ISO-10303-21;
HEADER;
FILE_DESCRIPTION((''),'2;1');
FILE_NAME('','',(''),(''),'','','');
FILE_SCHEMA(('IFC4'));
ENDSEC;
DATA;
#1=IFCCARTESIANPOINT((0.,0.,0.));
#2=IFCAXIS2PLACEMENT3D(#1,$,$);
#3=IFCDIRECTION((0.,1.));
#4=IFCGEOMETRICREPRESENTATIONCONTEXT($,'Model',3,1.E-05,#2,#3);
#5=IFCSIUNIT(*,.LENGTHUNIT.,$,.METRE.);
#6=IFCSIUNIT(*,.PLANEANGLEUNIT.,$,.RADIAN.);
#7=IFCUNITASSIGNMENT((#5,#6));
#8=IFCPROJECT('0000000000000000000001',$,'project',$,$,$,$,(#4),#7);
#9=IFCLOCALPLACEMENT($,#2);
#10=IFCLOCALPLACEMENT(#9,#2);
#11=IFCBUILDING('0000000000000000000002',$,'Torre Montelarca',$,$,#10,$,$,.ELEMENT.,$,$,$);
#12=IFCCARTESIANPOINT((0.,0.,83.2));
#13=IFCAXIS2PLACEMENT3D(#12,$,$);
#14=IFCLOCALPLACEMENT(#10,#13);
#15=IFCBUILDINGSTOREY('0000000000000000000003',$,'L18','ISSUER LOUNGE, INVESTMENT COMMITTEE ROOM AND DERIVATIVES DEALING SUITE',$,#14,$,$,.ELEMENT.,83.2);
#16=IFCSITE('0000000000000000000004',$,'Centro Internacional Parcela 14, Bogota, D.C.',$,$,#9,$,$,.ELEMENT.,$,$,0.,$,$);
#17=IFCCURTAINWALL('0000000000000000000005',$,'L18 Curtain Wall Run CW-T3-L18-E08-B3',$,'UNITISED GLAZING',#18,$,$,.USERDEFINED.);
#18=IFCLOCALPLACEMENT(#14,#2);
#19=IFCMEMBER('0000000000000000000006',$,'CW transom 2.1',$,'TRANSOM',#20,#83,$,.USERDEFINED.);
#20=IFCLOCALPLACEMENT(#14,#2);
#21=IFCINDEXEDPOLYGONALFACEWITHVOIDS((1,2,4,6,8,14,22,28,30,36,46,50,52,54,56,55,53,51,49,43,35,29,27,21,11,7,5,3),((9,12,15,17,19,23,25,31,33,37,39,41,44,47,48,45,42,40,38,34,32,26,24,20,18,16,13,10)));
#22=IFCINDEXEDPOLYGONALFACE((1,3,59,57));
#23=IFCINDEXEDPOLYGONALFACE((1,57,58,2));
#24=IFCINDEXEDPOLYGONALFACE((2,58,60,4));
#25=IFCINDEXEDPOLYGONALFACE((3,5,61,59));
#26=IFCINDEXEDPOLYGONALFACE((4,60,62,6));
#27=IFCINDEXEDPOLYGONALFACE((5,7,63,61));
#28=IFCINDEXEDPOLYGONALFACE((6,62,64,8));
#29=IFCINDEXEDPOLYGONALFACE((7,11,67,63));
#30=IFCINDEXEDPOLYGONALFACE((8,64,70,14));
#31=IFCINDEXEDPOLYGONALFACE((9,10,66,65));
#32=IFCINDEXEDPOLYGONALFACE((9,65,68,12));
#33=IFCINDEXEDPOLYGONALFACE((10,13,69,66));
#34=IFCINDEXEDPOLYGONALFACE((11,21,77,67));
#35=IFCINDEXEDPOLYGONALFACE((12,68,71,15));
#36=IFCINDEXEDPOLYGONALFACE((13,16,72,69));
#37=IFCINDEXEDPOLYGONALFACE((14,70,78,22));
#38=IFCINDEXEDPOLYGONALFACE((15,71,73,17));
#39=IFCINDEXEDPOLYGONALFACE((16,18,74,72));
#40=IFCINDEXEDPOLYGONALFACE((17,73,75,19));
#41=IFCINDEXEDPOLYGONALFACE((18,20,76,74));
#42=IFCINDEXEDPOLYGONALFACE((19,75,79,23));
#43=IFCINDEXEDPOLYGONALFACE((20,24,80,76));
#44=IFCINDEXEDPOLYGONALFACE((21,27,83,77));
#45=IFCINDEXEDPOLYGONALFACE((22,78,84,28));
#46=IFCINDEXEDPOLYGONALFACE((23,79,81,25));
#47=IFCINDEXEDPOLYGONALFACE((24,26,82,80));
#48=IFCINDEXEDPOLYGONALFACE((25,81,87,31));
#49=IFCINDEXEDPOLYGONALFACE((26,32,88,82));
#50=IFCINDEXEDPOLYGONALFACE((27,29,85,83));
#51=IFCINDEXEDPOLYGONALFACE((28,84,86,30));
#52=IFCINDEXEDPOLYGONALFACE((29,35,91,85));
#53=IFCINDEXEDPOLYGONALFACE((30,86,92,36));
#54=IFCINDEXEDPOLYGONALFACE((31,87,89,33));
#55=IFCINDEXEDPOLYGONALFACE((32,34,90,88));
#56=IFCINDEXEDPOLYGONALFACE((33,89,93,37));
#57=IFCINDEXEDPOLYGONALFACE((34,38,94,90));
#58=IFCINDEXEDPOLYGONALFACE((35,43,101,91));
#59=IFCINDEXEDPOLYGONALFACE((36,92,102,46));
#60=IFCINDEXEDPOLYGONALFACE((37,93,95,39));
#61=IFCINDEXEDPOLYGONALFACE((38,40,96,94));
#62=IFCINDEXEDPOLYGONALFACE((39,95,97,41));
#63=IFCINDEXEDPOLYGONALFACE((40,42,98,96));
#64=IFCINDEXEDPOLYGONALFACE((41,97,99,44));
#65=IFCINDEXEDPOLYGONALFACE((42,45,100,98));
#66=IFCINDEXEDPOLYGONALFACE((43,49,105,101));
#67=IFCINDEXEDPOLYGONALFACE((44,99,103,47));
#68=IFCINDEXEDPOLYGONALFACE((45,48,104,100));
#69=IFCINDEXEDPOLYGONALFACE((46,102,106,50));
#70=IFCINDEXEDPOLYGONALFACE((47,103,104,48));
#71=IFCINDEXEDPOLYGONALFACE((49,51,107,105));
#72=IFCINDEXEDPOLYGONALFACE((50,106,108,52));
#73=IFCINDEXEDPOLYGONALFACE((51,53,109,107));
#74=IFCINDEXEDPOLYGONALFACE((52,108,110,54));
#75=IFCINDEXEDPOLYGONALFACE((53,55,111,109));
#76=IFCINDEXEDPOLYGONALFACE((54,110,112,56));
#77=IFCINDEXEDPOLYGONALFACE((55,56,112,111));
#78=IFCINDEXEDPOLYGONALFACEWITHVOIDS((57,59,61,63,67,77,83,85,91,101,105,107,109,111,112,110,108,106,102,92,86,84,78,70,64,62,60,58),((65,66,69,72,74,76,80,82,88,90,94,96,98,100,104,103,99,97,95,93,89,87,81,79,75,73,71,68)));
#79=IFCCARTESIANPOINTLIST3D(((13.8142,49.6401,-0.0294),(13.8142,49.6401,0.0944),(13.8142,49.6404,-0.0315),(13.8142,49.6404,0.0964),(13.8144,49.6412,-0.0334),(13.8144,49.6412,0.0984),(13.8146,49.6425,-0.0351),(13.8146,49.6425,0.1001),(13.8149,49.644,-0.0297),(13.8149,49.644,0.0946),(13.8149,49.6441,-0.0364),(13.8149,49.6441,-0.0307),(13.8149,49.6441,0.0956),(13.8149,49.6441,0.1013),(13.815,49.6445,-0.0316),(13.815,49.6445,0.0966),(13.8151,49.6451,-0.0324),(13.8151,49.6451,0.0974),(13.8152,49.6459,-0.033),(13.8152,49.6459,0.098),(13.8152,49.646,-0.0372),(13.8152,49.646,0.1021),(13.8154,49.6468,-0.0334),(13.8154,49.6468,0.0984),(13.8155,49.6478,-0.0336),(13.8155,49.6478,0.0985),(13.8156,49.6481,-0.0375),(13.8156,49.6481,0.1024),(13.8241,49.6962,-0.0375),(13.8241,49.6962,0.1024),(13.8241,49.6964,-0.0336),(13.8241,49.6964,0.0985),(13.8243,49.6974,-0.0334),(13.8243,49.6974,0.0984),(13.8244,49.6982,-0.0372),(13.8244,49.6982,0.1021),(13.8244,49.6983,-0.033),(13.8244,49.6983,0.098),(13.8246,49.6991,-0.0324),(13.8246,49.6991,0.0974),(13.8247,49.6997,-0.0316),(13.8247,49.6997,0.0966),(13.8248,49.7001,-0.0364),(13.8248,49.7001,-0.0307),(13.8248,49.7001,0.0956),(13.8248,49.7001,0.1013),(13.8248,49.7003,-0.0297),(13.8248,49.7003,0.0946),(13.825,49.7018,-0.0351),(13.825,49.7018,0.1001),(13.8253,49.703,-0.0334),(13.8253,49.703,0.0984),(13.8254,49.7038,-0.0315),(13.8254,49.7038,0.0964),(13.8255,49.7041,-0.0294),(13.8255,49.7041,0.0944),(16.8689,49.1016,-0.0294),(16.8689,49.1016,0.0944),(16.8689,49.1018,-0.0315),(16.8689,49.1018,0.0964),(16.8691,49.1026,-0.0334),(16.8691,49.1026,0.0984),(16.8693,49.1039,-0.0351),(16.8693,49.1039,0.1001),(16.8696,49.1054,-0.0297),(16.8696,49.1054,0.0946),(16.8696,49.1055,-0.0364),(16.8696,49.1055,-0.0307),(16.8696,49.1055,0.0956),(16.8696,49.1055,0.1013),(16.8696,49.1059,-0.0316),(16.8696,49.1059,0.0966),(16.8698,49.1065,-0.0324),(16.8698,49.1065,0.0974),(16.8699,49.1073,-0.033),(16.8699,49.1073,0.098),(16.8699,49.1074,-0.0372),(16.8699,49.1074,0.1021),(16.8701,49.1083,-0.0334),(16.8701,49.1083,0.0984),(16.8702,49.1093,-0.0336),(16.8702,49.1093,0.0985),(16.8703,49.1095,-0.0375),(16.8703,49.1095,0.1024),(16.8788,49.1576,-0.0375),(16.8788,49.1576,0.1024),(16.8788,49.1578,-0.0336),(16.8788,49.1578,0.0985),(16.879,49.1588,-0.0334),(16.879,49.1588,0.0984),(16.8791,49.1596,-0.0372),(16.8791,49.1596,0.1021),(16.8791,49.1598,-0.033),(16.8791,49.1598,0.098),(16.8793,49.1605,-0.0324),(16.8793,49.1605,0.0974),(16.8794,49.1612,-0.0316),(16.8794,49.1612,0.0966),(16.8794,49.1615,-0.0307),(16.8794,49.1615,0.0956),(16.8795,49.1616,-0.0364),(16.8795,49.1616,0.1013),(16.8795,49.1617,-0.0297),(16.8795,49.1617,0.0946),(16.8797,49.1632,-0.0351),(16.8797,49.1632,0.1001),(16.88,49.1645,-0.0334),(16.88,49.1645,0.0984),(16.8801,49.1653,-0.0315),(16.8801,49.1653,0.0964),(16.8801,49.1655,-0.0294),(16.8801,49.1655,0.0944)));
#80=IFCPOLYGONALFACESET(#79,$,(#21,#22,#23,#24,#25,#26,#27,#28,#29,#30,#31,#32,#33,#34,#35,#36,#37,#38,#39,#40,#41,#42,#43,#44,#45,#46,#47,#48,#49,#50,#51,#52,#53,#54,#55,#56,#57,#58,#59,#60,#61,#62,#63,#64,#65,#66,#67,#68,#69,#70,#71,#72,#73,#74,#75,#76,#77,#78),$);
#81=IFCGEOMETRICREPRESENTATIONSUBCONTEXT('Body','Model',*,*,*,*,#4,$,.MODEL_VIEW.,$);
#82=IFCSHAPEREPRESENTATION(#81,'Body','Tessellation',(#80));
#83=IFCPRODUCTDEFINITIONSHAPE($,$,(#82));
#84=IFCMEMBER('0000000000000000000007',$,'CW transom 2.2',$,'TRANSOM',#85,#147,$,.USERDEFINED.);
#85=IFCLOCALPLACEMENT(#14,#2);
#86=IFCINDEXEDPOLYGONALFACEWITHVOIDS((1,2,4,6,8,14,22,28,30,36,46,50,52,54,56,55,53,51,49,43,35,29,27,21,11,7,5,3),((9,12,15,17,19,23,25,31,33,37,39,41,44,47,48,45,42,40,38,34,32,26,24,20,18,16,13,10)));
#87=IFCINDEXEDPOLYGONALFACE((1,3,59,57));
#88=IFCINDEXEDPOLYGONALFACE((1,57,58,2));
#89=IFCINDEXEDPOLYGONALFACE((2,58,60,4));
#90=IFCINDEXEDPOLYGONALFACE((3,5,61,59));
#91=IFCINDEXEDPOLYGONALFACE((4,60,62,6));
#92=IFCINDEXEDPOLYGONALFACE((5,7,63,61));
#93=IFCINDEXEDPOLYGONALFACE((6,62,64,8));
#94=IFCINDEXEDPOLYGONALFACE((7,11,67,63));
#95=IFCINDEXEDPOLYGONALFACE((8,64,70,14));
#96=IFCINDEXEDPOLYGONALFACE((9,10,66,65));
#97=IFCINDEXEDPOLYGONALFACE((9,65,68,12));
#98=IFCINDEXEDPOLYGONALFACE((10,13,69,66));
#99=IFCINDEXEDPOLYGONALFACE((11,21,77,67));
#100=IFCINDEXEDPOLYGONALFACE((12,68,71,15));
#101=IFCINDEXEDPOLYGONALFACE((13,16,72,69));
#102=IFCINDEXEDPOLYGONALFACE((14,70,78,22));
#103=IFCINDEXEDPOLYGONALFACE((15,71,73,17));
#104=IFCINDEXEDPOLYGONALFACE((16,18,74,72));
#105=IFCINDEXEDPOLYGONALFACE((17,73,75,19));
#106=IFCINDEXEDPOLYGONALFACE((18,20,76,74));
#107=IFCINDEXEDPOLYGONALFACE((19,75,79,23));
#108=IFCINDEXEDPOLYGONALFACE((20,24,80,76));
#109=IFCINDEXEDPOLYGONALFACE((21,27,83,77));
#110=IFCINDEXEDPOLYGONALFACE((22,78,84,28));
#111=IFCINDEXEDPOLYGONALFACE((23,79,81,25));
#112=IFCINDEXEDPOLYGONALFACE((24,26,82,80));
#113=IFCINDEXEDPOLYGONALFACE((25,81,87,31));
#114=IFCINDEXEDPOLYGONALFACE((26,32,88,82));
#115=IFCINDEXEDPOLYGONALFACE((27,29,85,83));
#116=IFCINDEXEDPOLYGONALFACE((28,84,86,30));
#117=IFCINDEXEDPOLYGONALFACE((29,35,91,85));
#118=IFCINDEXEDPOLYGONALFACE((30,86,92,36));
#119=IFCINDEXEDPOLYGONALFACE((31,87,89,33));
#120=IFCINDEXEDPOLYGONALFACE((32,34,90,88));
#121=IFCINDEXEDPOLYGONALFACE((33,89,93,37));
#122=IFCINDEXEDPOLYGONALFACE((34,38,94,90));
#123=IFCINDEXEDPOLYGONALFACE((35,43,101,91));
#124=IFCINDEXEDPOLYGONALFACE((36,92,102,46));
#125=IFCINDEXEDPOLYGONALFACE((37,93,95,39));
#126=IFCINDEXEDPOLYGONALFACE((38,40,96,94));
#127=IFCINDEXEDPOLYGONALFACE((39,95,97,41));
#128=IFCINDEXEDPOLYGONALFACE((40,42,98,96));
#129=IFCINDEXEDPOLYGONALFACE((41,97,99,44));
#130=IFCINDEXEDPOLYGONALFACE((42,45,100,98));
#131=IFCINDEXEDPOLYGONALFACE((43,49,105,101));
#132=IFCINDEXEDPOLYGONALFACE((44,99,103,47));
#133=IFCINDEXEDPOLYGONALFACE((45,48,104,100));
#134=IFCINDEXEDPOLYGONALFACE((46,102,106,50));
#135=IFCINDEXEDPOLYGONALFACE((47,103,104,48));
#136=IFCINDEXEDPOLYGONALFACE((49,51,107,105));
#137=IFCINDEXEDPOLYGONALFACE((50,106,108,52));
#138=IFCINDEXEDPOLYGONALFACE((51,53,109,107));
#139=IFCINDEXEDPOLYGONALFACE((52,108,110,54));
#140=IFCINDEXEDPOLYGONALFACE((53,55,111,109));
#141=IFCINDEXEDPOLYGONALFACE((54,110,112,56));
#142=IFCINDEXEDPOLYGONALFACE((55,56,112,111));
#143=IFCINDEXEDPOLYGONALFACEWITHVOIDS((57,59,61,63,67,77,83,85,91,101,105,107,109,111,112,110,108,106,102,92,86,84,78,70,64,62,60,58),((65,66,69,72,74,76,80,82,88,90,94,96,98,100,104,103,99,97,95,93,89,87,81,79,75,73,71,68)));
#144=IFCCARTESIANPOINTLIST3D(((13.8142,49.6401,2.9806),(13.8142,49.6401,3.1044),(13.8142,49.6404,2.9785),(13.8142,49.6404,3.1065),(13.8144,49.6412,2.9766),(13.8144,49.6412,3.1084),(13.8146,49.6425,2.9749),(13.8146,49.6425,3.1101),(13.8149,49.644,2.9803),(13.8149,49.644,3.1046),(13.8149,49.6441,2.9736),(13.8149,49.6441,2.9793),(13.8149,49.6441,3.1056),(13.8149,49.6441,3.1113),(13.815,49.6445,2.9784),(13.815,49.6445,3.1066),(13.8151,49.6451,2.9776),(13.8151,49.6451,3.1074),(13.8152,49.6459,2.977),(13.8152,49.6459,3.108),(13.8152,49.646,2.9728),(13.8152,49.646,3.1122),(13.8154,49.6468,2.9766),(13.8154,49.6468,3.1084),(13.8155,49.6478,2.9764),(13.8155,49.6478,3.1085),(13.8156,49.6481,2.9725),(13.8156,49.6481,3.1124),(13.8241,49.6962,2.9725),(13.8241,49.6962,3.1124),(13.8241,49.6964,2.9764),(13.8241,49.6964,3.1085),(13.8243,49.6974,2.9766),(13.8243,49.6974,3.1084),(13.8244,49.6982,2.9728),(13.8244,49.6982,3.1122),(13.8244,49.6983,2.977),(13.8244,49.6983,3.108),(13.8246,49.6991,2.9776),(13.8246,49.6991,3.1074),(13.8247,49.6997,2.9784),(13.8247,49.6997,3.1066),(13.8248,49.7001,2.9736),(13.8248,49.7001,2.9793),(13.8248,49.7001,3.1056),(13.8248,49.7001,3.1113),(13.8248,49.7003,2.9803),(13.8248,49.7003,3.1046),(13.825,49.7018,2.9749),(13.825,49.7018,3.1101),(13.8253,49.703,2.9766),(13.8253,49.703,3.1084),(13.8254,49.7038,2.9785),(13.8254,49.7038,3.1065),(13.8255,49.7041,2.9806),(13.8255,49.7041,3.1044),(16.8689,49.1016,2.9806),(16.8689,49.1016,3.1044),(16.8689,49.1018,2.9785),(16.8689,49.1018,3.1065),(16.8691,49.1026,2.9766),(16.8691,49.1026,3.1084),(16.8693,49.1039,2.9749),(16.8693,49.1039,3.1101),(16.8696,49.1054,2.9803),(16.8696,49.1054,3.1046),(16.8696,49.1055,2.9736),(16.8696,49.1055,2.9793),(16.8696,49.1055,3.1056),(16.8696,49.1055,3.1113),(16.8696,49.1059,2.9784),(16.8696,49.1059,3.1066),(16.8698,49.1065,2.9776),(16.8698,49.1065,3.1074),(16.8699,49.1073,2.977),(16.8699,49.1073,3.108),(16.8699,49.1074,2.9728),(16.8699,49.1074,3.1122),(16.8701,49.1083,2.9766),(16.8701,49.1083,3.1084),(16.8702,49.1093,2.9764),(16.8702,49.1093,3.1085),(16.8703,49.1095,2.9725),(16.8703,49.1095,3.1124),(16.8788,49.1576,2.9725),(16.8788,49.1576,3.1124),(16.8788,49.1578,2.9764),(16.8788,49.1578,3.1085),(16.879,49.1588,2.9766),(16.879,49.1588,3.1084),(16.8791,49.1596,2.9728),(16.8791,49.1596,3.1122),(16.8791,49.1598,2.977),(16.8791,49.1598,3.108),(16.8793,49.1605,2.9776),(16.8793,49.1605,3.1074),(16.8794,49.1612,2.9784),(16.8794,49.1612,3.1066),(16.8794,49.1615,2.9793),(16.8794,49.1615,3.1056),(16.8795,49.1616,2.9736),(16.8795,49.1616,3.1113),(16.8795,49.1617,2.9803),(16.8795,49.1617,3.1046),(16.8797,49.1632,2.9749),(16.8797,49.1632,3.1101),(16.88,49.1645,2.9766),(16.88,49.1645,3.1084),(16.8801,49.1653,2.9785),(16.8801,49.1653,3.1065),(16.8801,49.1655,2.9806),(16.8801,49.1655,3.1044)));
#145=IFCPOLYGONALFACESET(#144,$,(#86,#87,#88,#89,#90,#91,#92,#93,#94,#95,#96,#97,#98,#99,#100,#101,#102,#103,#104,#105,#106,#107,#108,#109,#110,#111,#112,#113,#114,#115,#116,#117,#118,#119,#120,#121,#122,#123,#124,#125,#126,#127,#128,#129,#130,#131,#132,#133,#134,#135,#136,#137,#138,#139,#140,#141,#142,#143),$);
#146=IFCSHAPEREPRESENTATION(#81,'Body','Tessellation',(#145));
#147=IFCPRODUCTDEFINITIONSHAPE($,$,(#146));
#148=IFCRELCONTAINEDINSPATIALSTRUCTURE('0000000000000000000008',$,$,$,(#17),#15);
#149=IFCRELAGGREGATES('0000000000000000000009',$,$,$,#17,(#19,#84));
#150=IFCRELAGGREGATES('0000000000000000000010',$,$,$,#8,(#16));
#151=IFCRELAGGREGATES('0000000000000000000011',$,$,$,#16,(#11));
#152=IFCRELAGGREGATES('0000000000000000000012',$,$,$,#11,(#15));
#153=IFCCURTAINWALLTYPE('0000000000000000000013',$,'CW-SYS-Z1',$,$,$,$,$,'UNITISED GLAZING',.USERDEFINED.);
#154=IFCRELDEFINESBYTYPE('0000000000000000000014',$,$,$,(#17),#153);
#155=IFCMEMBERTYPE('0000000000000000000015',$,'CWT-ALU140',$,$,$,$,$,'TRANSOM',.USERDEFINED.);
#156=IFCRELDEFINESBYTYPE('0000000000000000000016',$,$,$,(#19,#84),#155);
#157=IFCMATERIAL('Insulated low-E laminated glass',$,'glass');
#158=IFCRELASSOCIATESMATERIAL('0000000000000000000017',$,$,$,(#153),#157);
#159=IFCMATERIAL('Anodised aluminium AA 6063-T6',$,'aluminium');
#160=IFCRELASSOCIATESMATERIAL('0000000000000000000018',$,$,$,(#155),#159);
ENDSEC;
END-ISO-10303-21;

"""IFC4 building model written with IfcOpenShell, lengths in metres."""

from ifc_helpers import new_model, si_unit, direction, frame, origin, origin_2d, place, context, subcontext, project, spatial, hollow_rectangle, extrude, source, transform, mapped, material, material_profile, profile_set, type_object, element, aggregate, save


model = new_model("IFC4")

# Units and contexts
model_context = context("Model", 3, precision=1e-05, world=origin(), true_north=direction((0.0, 1.0)))
body_context = subcontext(model_context, "Body", "Model", "MODEL_VIEW")
ifc_project = project(units=[si_unit("LENGTHUNIT", "METRE"), si_unit("PLANEANGLEUNIT", "RADIAN")], contexts=[model_context])

# Site, building, storey
site_placement = place(None, origin())
site = spatial("IfcSite", under=ifc_project, at=site_placement, Name="Centro Internacional Parcela 14, Bogota, D.C.", CompositionType="ELEMENT", RefElevation=0.0)
building_placement = place(site_placement, origin())
building = spatial("IfcBuilding", under=site, at=building_placement, Name="Torre Montelarca", CompositionType="ELEMENT")
storey_placement = place(building_placement, frame((0.0, 0.0, 83.2)))
storey = spatial("IfcBuildingStorey", under=building, at=storey_placement, Name="L18", Description="ISSUER LOUNGE, INVESTMENT COMMITTEE ROOM AND DERIVATIVES DEALING SUITE", CompositionType="ELEMENT", Elevation=83.2)

# Curtain wall, members
ifc_material_1 = material(Name="Insulated low-E laminated glass", Category="glass")
curtain_wall_type = type_object("IfcCurtainWallType", Name="CW-SYS-Z1", ElementType="UNITISED GLAZING", PredefinedType="USERDEFINED", material=ifc_material_1)
ifc_material_2 = material(Name="Anodised aluminium AA 6063-T6", Category="aluminium")
ifc_material_profile_1 = material_profile(ifc_material_2, hollow_rectangle(XDim=0.0649, YDim=0.1399, WallThickness=0.0039, InnerFilletRadius=0.0039, OuterFilletRadius=0.0081, at=origin_2d()), Name="ALU65X140X4", Category="aluminium")
ifc_profile_set_1 = profile_set([ifc_material_profile_1], Name="Anodised aluminium AA 6063-T6")
member_type_1 = type_object("IfcMemberType", Name="CWT-ALU140", ElementType="TRANSOM", PredefinedType="USERDEFINED", material=ifc_profile_set_1)
curtain_wall_1_placement = place(storey_placement, origin())
curtain_wall_1 = element("IfcCurtainWall", 1, at=curtain_wall_1_placement, inside=storey, type_object=curtain_wall_type, Name="L18 Curtain Wall Run CW-T3-L18-E08-B3", ObjectType="UNITISED GLAZING", PredefinedType="USERDEFINED")
shared_shape_1 = source(origin(), body_context, "Body", "SweptSolid", [
    extrude(hollow_rectangle(XDim=0.0649, YDim=0.1399, WallThickness=0.0039, InnerFilletRadius=0.0039, OuterFilletRadius=0.0081, at=origin_2d()), origin(), (0.0, 0.0, 1.0), 3.1018),
])
member_1_placement = place(storey_placement, frame((16.8745, 49.1335, 0.0325), z_axis=(-0.98481, 0.173633, 0.0), x_axis=(-0.173633, -0.98481, 0.0)))
member_1 = element("IfcMember", 2, at=member_1_placement, type_object=member_type_1, Name="CW transom 2.1", ObjectType="TRANSOM", PredefinedType="USERDEFINED", context=body_context, shape_type="MappedRepresentation", body=[
    mapped(shared_shape_1, transform((0.0, 0.0, 0.0), scale=1.0)),
])
member_2_placement = place(storey_placement, frame((16.8745, 49.1335, 3.0425), z_axis=(-0.98481, 0.173633, 0.0), x_axis=(-0.173633, -0.98481, 0.0)))
member_2 = element("IfcMember", 3, at=member_2_placement, type_object=member_type_1, Name="CW transom 2.2", ObjectType="TRANSOM", PredefinedType="USERDEFINED", context=body_context, shape_type="MappedRepresentation", body=[
    mapped(shared_shape_1, transform((0.0, 0.0, 0.0), scale=1.0)),
])

aggregate(curtain_wall_1, [member_1, member_2])

save(model, "model.ifc")
